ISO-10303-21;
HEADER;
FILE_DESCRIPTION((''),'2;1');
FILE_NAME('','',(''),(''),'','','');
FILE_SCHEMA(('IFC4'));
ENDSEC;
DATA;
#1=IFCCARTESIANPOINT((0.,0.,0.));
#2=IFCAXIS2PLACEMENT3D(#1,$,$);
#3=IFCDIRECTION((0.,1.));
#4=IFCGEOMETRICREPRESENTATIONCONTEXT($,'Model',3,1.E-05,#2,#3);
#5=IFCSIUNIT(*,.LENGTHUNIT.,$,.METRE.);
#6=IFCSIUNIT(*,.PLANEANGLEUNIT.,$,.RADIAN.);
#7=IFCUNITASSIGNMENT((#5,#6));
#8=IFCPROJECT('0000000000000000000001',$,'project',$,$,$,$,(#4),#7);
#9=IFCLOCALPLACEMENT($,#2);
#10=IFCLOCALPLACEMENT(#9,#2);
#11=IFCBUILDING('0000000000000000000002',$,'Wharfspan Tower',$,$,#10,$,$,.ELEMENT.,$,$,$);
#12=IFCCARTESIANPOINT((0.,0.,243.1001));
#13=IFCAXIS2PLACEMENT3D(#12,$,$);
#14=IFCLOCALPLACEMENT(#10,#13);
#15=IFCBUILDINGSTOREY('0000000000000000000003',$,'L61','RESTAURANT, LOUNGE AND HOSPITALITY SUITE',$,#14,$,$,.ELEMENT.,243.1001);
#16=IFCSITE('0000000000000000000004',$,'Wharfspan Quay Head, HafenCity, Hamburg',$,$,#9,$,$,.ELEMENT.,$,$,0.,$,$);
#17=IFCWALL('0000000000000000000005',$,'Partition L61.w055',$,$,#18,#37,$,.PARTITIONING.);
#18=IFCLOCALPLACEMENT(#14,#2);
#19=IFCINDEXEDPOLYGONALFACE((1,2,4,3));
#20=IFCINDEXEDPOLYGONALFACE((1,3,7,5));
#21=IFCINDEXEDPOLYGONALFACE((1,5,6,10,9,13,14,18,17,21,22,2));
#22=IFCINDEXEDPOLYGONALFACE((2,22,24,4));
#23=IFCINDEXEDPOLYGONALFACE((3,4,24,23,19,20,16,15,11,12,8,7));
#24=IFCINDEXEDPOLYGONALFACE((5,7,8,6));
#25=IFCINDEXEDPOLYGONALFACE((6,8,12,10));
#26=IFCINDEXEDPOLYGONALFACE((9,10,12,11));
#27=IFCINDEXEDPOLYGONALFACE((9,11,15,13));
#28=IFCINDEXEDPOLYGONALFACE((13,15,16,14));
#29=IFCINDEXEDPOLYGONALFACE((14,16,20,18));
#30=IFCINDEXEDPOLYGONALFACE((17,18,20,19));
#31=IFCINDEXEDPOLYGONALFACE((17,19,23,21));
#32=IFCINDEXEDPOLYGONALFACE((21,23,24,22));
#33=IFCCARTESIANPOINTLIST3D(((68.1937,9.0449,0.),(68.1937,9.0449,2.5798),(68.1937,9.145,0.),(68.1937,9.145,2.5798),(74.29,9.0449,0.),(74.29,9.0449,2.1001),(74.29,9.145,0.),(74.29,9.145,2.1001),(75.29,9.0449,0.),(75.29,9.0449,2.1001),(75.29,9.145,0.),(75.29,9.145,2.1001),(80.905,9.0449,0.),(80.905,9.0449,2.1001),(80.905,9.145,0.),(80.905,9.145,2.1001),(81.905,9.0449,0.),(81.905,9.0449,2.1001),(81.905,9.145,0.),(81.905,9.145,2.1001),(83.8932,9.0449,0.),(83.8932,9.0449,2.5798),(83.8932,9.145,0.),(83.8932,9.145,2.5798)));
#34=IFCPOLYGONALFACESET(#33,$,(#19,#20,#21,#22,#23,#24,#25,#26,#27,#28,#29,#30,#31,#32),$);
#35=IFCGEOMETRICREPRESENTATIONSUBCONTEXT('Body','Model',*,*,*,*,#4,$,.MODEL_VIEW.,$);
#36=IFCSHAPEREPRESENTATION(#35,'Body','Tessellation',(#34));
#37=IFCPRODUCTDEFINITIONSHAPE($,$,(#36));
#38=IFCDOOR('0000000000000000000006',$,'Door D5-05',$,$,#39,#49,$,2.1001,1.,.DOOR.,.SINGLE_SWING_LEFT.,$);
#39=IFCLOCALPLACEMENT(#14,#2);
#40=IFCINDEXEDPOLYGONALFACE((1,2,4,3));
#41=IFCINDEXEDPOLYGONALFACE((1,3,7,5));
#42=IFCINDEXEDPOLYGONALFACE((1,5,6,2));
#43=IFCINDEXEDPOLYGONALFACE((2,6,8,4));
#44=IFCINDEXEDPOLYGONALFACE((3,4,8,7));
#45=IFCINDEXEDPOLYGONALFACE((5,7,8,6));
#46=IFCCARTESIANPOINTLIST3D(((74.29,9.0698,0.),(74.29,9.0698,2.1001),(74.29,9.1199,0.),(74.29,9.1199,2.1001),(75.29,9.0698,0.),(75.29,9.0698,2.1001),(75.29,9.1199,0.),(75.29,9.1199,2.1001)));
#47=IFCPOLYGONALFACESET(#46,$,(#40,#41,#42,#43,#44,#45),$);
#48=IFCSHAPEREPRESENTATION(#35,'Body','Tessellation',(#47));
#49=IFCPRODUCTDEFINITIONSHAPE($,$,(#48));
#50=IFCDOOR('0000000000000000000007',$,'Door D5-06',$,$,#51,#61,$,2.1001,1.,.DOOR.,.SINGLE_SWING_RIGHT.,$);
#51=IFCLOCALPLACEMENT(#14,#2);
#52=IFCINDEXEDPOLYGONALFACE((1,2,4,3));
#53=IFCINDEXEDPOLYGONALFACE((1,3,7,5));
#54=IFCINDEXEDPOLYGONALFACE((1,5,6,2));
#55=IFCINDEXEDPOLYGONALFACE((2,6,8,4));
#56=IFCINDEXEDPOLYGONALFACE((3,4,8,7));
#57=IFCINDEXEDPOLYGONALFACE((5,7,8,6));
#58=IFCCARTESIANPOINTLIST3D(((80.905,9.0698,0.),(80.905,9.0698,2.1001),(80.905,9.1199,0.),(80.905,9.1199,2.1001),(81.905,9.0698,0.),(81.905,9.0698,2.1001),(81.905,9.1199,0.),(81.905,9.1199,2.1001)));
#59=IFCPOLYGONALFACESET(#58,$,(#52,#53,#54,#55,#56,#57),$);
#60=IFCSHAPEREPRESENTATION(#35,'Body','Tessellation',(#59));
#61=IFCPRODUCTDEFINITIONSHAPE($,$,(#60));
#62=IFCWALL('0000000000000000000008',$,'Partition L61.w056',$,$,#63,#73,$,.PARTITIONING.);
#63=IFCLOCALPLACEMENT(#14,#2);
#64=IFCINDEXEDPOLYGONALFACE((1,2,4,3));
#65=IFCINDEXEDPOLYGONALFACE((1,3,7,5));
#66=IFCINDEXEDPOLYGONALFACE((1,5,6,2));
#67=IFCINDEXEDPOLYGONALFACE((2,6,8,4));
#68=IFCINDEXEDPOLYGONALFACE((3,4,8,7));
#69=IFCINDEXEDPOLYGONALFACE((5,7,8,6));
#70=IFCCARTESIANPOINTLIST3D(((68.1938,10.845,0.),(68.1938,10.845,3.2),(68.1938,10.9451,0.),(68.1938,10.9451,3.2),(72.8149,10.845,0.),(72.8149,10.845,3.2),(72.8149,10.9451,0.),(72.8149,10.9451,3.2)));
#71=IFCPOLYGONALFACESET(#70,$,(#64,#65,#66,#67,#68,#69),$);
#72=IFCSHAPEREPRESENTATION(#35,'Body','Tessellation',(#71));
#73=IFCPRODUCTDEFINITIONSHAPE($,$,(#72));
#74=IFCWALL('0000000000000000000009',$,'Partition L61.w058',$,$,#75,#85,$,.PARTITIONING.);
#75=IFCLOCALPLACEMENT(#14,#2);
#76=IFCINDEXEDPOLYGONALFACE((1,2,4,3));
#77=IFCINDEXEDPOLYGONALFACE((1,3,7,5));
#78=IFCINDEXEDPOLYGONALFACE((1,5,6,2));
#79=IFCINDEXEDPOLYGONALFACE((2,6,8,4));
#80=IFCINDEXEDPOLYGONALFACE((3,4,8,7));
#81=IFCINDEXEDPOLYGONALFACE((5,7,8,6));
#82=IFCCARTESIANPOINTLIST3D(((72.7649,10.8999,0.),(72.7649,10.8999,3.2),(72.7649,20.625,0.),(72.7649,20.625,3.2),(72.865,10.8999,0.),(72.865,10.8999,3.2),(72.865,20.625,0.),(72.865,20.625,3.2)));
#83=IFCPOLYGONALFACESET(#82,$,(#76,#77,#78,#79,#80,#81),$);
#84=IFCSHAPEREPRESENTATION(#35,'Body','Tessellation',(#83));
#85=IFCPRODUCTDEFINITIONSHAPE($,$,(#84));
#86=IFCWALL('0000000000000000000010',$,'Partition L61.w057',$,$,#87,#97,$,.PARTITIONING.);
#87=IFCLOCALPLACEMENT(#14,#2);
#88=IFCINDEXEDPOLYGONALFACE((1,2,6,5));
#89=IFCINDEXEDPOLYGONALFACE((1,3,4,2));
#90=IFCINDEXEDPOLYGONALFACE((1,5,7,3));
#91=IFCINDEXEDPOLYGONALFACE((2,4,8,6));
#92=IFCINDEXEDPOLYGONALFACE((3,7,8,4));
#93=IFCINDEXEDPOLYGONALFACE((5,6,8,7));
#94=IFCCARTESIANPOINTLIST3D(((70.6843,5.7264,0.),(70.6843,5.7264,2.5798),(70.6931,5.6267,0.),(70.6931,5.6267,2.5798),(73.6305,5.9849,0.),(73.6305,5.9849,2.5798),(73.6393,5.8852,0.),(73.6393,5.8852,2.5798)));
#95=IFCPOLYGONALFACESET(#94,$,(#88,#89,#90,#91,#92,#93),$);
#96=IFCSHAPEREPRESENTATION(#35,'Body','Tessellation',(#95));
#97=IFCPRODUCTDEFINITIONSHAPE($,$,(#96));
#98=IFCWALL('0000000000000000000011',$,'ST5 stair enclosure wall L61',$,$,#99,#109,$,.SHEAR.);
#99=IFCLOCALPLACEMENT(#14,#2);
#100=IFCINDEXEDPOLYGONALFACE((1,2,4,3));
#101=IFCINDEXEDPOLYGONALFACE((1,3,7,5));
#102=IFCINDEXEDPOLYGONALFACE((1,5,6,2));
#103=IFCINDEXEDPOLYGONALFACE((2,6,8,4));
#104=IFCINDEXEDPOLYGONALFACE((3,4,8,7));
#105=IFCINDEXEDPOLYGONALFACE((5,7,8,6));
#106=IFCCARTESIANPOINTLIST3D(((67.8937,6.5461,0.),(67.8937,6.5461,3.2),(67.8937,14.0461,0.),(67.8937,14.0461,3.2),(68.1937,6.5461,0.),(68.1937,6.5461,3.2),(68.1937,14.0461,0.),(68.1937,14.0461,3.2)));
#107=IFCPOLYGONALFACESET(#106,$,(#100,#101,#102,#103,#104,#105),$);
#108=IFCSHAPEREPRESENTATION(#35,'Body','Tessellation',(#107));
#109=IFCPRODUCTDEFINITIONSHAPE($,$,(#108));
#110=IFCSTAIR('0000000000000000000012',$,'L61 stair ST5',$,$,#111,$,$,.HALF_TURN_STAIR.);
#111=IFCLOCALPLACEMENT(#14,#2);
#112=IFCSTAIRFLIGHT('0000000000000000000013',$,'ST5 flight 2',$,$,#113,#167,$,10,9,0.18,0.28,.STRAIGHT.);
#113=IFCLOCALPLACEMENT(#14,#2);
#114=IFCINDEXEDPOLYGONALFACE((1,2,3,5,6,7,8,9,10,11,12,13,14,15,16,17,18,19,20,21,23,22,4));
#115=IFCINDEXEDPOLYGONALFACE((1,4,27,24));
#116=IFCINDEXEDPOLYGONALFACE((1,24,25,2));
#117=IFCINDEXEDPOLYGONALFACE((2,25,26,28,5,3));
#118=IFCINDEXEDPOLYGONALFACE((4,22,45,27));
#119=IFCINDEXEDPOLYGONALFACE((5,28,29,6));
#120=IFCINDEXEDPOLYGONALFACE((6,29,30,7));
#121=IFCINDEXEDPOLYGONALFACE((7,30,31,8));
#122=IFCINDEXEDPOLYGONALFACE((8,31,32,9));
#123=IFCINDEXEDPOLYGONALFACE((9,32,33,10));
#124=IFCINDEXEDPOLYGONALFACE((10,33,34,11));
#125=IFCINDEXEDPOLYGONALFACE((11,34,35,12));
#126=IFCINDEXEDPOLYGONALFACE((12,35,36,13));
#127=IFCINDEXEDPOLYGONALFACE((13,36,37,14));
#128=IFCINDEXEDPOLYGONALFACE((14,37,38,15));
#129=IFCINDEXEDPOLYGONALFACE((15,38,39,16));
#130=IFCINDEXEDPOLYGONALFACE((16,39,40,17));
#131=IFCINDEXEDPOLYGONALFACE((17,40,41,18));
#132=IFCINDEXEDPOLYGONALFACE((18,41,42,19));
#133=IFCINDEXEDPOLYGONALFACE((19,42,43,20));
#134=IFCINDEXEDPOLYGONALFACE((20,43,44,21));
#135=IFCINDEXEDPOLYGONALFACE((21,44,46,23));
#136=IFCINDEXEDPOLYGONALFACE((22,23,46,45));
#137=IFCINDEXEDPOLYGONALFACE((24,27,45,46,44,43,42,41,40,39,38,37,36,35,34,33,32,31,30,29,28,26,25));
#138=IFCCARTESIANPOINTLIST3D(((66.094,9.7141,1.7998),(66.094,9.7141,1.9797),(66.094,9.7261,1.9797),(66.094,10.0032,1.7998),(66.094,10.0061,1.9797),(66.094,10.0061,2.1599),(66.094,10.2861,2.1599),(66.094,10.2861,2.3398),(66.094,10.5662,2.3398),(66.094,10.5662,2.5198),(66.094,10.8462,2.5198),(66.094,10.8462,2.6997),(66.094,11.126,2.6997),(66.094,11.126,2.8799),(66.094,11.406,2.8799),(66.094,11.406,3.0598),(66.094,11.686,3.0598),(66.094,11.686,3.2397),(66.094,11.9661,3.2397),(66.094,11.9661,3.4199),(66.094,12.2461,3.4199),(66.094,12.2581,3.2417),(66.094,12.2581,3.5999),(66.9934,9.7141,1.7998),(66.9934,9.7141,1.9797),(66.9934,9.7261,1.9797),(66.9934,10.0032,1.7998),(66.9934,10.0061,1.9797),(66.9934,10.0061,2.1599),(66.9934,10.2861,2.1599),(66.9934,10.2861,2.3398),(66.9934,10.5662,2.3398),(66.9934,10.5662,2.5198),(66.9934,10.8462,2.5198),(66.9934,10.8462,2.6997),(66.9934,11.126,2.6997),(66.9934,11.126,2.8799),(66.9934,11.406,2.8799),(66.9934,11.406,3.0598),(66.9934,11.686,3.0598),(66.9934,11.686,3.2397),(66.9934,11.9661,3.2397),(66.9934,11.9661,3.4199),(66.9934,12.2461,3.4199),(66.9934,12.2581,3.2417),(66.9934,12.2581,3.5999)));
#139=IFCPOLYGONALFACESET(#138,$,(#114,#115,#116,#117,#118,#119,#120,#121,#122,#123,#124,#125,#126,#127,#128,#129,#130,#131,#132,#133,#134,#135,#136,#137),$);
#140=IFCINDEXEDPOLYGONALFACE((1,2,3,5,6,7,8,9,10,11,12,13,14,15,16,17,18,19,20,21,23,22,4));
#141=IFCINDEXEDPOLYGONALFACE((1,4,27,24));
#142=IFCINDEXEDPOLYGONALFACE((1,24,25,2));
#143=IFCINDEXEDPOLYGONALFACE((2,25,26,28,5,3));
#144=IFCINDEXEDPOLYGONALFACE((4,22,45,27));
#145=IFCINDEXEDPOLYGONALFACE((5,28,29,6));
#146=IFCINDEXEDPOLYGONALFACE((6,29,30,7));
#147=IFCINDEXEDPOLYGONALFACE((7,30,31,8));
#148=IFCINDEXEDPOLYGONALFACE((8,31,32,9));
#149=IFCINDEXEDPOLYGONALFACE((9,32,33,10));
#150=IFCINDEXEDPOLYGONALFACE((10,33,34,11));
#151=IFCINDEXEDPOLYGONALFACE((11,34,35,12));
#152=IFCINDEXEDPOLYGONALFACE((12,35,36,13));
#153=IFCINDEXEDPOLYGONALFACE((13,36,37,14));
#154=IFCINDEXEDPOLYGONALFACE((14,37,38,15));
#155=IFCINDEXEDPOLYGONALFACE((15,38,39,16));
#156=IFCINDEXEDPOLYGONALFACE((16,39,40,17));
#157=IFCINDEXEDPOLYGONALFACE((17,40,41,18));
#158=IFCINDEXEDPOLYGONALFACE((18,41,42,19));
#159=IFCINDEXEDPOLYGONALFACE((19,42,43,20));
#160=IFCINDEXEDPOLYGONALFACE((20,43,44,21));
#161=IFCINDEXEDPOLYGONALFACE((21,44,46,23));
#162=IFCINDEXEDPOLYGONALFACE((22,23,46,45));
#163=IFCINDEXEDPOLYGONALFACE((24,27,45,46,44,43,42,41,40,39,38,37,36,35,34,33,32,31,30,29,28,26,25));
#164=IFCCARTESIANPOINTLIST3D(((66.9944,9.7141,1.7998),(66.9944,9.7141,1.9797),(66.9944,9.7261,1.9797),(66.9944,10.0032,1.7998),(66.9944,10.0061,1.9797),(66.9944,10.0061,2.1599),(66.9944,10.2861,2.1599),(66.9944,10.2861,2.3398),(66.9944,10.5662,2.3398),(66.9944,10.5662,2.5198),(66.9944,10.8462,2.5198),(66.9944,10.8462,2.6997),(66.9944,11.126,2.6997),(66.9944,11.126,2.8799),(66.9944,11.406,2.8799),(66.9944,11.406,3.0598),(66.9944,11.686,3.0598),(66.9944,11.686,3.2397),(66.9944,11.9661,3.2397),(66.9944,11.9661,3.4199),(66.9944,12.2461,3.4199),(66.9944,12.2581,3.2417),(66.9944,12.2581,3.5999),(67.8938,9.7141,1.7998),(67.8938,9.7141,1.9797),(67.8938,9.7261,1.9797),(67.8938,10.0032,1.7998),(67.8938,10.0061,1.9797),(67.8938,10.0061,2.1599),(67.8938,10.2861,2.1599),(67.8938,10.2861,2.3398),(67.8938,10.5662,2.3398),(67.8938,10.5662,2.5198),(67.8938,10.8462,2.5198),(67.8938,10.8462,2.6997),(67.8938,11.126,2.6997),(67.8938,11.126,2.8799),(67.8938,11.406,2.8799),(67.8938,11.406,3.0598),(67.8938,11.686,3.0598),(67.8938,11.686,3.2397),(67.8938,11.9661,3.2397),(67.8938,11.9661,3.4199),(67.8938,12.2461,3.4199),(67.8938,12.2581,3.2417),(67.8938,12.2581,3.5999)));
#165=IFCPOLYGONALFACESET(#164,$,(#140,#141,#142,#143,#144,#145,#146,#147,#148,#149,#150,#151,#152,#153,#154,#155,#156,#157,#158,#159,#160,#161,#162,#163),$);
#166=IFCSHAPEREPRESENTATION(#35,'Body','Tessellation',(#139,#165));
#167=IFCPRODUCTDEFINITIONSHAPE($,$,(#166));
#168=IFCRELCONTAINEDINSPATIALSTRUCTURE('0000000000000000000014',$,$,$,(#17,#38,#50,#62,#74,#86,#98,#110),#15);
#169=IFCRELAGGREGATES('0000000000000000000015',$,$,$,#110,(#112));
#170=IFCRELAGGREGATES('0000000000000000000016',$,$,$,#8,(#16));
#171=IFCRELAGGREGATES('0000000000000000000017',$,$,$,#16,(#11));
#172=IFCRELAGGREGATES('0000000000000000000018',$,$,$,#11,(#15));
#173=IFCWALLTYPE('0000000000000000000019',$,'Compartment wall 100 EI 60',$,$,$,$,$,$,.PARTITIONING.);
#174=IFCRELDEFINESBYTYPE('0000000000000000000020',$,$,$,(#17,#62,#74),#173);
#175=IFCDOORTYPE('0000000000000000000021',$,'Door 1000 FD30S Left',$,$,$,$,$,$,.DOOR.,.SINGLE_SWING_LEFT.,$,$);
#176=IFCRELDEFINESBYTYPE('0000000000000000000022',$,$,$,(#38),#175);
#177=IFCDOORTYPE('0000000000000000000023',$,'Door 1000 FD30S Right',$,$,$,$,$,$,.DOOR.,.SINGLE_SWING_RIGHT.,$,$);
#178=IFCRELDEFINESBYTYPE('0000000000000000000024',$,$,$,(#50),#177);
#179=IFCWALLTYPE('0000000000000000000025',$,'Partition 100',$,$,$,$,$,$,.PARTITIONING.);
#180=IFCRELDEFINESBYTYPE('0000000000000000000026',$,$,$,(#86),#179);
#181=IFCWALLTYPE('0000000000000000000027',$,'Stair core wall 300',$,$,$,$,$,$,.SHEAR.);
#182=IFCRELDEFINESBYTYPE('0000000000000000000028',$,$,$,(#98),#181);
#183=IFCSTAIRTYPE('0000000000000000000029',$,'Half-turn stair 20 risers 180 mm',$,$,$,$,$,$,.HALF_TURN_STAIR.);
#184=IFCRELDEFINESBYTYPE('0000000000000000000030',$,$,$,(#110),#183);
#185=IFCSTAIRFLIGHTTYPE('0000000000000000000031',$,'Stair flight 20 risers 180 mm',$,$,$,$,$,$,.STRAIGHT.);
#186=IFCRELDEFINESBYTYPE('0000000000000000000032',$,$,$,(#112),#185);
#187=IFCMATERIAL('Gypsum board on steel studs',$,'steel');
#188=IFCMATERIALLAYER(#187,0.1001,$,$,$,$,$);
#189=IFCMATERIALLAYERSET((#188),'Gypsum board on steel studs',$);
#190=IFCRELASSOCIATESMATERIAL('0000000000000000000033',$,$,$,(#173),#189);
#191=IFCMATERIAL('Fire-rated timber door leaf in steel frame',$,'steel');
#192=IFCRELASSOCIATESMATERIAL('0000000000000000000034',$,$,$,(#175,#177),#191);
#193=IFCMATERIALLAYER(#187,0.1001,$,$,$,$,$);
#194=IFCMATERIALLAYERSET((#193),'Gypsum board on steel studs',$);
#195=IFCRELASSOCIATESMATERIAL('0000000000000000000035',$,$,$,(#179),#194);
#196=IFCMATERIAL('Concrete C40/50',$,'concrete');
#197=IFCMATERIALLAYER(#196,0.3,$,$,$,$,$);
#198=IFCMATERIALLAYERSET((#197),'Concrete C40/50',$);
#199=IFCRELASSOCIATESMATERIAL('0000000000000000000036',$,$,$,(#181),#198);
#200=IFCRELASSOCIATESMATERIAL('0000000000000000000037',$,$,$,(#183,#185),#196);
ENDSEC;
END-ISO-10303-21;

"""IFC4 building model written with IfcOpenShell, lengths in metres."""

from ifc_helpers import new_model, si_unit, direction, frame, frame_2d, origin, place, context, subcontext, project, spatial, polyline, rectangle, outline, extrude, material, layer, layer_set, type_object, element, fill, aggregate, save


model = new_model("IFC4")

# Units and contexts
model_context = context("Model", 3, precision=1e-05, world=origin(), true_north=direction((0.0, 1.0)))
body_context = subcontext(model_context, "Body", "Model", "MODEL_VIEW")
ifc_project = project(units=[si_unit("LENGTHUNIT", "METRE"), si_unit("PLANEANGLEUNIT", "RADIAN")], contexts=[model_context])

# Site, building, storey
site_placement = place(None, origin())
site = spatial("IfcSite", under=ifc_project, at=site_placement, Name="Wharfspan Quay Head, HafenCity, Hamburg", CompositionType="ELEMENT", RefElevation=0.0)
building_placement = place(site_placement, origin())
building = spatial("IfcBuilding", under=site, at=building_placement, Name="Wharfspan Tower", CompositionType="ELEMENT")
storey_placement = place(building_placement, frame((0.0, 0.0, 243.1001)))
storey = spatial("IfcBuildingStorey", under=building, at=storey_placement, Name="L61", Description="RESTAURANT, LOUNGE AND HOSPITALITY SUITE", CompositionType="ELEMENT", Elevation=243.1001)

# Shared definitions
ifc_material_1 = material(Name="Gypsum board on steel studs", Category="steel")
ifc_layer_1 = layer(ifc_material_1, 0.1001)
ifc_layer_set_1 = layer_set([ifc_layer_1], Name="Gypsum board on steel studs")
wall_type_1 = type_object("IfcWallType", Name="Compartment wall 100 EI 60", PredefinedType="PARTITIONING", material=ifc_layer_set_1)

# Wall, openings, doors
wall_1_placement = place(storey_placement, frame((68.1938, 9.095, 0.0), z_axis=(0.0, 0.0, 1.0), x_axis=(1.0, 0.0, 0.0)))
wall_1 = element("IfcWall", 1, at=wall_1_placement, inside=storey, type_object=wall_type_1, Name="Partition L61.w055", PredefinedType="PARTITIONING", context=body_context, shape_type="SweptSolid", body=[
    extrude(rectangle(XDim=15.6995, YDim=0.1001, at=frame_2d((7.8496, 0.0))), origin(), (0.0, 0.0, 1.0), 2.5798),
])
opening_1_placement = place(wall_1_placement, frame((6.0962, 0.0, 0.0)))
opening_1 = element("IfcOpeningElement", 2, at=opening_1_placement, cuts=wall_1, PredefinedType="OPENING", context=body_context, shape_type="SweptSolid", body=[
    extrude(rectangle(XDim=1.0, YDim=2.1001, at=frame_2d((0.5, 1.05))), frame((0.0, 0.0601, 0.0), z_axis=(0.0, -1.0, 0.0), x_axis=(1.0, 0.0, 0.0)), (0.0, 0.0, 1.0), 0.1201),
])
opening_2_placement = place(wall_1_placement, frame((12.7112, 0.0, 0.0)))
opening_2 = element("IfcOpeningElement", 3, at=opening_2_placement, cuts=wall_1, PredefinedType="OPENING", context=body_context, shape_type="SweptSolid", body=[
    extrude(rectangle(XDim=1.0, YDim=2.1001, at=frame_2d((0.5, 1.05))), frame((0.0, 0.0601, 0.0), z_axis=(0.0, -1.0, 0.0), x_axis=(1.0, 0.0, 0.0)), (0.0, 0.0, 1.0), 0.1201),
])
ifc_material_2 = material(Name="Fire-rated timber door leaf in steel frame", Category="steel")
door_type_1 = type_object("IfcDoorType", Name="Door 1000 FD30S Left", OperationType="SINGLE_SWING_LEFT", PredefinedType="DOOR", material=ifc_material_2)
door_1_placement = place(opening_1_placement, origin())
door_1 = element("IfcDoor", 4, at=door_1_placement, inside=storey, type_object=door_type_1, Name="Door D5-05", OperationType="SINGLE_SWING_LEFT", OverallHeight=2.1001, OverallWidth=1.0, PredefinedType="DOOR", context=body_context, shape_type="SweptSolid", body=[
    extrude(rectangle(XDim=1.0, YDim=2.1001, at=frame_2d((0.5, 1.05))), frame((0.0, 0.0249, 0.0), z_axis=(0.0, -1.0, 0.0), x_axis=(1.0, 0.0, 0.0)), (0.0, 0.0, 1.0), 0.05),
])
fill(opening_1, door_1)
door_type_2 = type_object("IfcDoorType", Name="Door 1000 FD30S Right", OperationType="SINGLE_SWING_RIGHT", PredefinedType="DOOR", material=ifc_material_2)
door_2_placement = place(opening_2_placement, origin())
door_2 = element("IfcDoor", 5, at=door_2_placement, inside=storey, type_object=door_type_2, Name="Door D5-06", OperationType="SINGLE_SWING_RIGHT", OverallHeight=2.1001, OverallWidth=1.0, PredefinedType="DOOR", context=body_context, shape_type="SweptSolid", body=[
    extrude(rectangle(XDim=1.0, YDim=2.1001, at=frame_2d((0.5, 1.05))), frame((0.0, 0.0249, 0.0), z_axis=(0.0, -1.0, 0.0), x_axis=(1.0, 0.0, 0.0)), (0.0, 0.0, 1.0), 0.05),
])
fill(opening_2, door_2)

# Walls
wall_2_placement = place(storey_placement, frame((68.1938, 10.895, 0.0), z_axis=(0.0, 0.0, 1.0), x_axis=(1.0, 0.0, 0.0)))
element("IfcWall", 6, at=wall_2_placement, inside=storey, type_object=wall_type_1, Name="Partition L61.w056", PredefinedType="PARTITIONING", context=body_context, shape_type="SweptSolid", body=[
    extrude(rectangle(XDim=4.6211, YDim=0.1001, at=frame_2d((2.3105, 0.0))), origin(), (0.0, 0.0, 1.0), 3.2),
])
wall_3_placement = place(storey_placement, frame((72.8149, 10.8999, 0.0), z_axis=(0.0, 0.0, 1.0), x_axis=(0.0, 1.0, 0.0)))
element("IfcWall", 7, at=wall_3_placement, inside=storey, type_object=wall_type_1, Name="Partition L61.w058", PredefinedType="PARTITIONING", context=body_context, shape_type="SweptSolid", body=[
    extrude(rectangle(XDim=9.7251, YDim=0.1001, at=frame_2d((4.8625, 0.0))), origin(), (0.0, 0.0, 1.0), 3.2),
])
ifc_layer_2 = layer(ifc_material_1, 0.1001)
ifc_layer_set_2 = layer_set([ifc_layer_2], Name="Gypsum board on steel studs")
wall_type_2 = type_object("IfcWallType", Name="Partition 100", PredefinedType="PARTITIONING", material=ifc_layer_set_2)
wall_4_placement = place(storey_placement, frame((70.6887, 5.6765, 0.0), z_axis=(0.0, 0.0, 1.0), x_axis=(0.996174, 0.087417, 0.0)))
element("IfcWall", 8, at=wall_4_placement, inside=storey, type_object=wall_type_2, Name="Partition L61.w057", PredefinedType="PARTITIONING", context=body_context, shape_type="SweptSolid", body=[
    extrude(rectangle(XDim=2.9575, YDim=0.1001, at=frame_2d((1.4788, 0.0))), origin(), (0.0, 0.0, 1.0), 2.5798),
])
ifc_material_3 = material(Name="Concrete C40/50", Category="concrete")
ifc_layer_3 = layer(ifc_material_3, 0.3)
ifc_layer_set_3 = layer_set([ifc_layer_3], Name="Concrete C40/50")
wall_type_3 = type_object("IfcWallType", Name="Stair core wall 300", PredefinedType="SHEAR", material=ifc_layer_set_3)
wall_5_placement = place(storey_placement, frame((68.0437, 6.5461, 0.0), z_axis=(0.0, 0.0, 1.0), x_axis=(0.0, 1.0, 0.0)))
element("IfcWall", 9, at=wall_5_placement, inside=storey, type_object=wall_type_3, Name="ST5 stair enclosure wall L61", PredefinedType="SHEAR", context=body_context, shape_type="SweptSolid", body=[
    extrude(rectangle(XDim=7.5, YDim=0.3, at=frame_2d((3.75, 0.0))), origin(), (0.0, 0.0, 1.0), 3.2),
])

# Stair, stair flight
stair_type = type_object("IfcStairType", Name="Half-turn stair 20 risers 180 mm", PredefinedType="HALF_TURN_STAIR", material=ifc_material_3)
stair_placement = place(storey_placement, origin())
stair = element("IfcStair", 10, at=stair_placement, inside=storey, type_object=stair_type, Name="L61 stair ST5", PredefinedType="HALF_TURN_STAIR")
stair_flight_type = type_object("IfcStairFlightType", Name="Stair flight 20 risers 180 mm", PredefinedType="STRAIGHT", material=ifc_material_3)
stair_flight_placement = place(storey_placement, frame((66.9939, 9.7261, 1.7998), z_axis=(0.0, 0.0, 1.0), x_axis=(0.0, 1.0, 0.0)))
stair_flight = element("IfcStairFlight", 11, at=stair_flight_placement, type_object=stair_flight_type, Name="ST5 flight 2", NumberOfRisers=10, NumberOfTreads=9, PredefinedType="STRAIGHT", RiserHeight=0.18, TreadLength=0.28, context=body_context, shape_type="SweptSolid", body=[
    extrude(outline(polyline([(-0.012, 0.0), (-0.012, 0.1799), (0.0, 0.1799), (0.28, 0.1799), (0.28, 0.3601), (0.5601, 0.3601), (0.5601, 0.54), (0.8401, 0.54), (0.8401, 0.72), (1.1201, 0.72), (1.1201, 0.8999), (1.3999, 0.8999), (1.3999, 1.0801), (1.6799, 1.0801), (1.6799, 1.26), (1.96, 1.26), (1.96, 1.4399), (2.24, 1.4399), (2.24, 1.6201), (2.52, 1.6201), (2.532, 1.8), (2.532, 1.4419), (0.2771, 0.0), (-0.012, 0.0)])), frame((0.0, 0.8999, 0.0), z_axis=(0.0, -1.0, 0.0), x_axis=(1.0, 0.0, 0.0)), (0.0, 0.0, 1.0), 0.8994),
    extrude(outline(polyline([(-0.012, 0.0), (-0.012, 0.1799), (0.0, 0.1799), (0.28, 0.1799), (0.28, 0.3601), (0.5601, 0.3601), (0.5601, 0.54), (0.8401, 0.54), (0.8401, 0.72), (1.1201, 0.72), (1.1201, 0.8999), (1.3999, 0.8999), (1.3999, 1.0801), (1.6799, 1.0801), (1.6799, 1.26), (1.96, 1.26), (1.96, 1.4399), (2.24, 1.4399), (2.24, 1.6201), (2.52, 1.6201), (2.532, 1.8), (2.532, 1.4419), (0.2771, 0.0), (-0.012, 0.0)])), frame((0.0, -0.0005, 0.0), z_axis=(0.0, -1.0, 0.0), x_axis=(1.0, 0.0, 0.0)), (0.0, 0.0, 1.0), 0.8994),
])
aggregate(stair, [stair_flight])

save(model, "model.ifc")
